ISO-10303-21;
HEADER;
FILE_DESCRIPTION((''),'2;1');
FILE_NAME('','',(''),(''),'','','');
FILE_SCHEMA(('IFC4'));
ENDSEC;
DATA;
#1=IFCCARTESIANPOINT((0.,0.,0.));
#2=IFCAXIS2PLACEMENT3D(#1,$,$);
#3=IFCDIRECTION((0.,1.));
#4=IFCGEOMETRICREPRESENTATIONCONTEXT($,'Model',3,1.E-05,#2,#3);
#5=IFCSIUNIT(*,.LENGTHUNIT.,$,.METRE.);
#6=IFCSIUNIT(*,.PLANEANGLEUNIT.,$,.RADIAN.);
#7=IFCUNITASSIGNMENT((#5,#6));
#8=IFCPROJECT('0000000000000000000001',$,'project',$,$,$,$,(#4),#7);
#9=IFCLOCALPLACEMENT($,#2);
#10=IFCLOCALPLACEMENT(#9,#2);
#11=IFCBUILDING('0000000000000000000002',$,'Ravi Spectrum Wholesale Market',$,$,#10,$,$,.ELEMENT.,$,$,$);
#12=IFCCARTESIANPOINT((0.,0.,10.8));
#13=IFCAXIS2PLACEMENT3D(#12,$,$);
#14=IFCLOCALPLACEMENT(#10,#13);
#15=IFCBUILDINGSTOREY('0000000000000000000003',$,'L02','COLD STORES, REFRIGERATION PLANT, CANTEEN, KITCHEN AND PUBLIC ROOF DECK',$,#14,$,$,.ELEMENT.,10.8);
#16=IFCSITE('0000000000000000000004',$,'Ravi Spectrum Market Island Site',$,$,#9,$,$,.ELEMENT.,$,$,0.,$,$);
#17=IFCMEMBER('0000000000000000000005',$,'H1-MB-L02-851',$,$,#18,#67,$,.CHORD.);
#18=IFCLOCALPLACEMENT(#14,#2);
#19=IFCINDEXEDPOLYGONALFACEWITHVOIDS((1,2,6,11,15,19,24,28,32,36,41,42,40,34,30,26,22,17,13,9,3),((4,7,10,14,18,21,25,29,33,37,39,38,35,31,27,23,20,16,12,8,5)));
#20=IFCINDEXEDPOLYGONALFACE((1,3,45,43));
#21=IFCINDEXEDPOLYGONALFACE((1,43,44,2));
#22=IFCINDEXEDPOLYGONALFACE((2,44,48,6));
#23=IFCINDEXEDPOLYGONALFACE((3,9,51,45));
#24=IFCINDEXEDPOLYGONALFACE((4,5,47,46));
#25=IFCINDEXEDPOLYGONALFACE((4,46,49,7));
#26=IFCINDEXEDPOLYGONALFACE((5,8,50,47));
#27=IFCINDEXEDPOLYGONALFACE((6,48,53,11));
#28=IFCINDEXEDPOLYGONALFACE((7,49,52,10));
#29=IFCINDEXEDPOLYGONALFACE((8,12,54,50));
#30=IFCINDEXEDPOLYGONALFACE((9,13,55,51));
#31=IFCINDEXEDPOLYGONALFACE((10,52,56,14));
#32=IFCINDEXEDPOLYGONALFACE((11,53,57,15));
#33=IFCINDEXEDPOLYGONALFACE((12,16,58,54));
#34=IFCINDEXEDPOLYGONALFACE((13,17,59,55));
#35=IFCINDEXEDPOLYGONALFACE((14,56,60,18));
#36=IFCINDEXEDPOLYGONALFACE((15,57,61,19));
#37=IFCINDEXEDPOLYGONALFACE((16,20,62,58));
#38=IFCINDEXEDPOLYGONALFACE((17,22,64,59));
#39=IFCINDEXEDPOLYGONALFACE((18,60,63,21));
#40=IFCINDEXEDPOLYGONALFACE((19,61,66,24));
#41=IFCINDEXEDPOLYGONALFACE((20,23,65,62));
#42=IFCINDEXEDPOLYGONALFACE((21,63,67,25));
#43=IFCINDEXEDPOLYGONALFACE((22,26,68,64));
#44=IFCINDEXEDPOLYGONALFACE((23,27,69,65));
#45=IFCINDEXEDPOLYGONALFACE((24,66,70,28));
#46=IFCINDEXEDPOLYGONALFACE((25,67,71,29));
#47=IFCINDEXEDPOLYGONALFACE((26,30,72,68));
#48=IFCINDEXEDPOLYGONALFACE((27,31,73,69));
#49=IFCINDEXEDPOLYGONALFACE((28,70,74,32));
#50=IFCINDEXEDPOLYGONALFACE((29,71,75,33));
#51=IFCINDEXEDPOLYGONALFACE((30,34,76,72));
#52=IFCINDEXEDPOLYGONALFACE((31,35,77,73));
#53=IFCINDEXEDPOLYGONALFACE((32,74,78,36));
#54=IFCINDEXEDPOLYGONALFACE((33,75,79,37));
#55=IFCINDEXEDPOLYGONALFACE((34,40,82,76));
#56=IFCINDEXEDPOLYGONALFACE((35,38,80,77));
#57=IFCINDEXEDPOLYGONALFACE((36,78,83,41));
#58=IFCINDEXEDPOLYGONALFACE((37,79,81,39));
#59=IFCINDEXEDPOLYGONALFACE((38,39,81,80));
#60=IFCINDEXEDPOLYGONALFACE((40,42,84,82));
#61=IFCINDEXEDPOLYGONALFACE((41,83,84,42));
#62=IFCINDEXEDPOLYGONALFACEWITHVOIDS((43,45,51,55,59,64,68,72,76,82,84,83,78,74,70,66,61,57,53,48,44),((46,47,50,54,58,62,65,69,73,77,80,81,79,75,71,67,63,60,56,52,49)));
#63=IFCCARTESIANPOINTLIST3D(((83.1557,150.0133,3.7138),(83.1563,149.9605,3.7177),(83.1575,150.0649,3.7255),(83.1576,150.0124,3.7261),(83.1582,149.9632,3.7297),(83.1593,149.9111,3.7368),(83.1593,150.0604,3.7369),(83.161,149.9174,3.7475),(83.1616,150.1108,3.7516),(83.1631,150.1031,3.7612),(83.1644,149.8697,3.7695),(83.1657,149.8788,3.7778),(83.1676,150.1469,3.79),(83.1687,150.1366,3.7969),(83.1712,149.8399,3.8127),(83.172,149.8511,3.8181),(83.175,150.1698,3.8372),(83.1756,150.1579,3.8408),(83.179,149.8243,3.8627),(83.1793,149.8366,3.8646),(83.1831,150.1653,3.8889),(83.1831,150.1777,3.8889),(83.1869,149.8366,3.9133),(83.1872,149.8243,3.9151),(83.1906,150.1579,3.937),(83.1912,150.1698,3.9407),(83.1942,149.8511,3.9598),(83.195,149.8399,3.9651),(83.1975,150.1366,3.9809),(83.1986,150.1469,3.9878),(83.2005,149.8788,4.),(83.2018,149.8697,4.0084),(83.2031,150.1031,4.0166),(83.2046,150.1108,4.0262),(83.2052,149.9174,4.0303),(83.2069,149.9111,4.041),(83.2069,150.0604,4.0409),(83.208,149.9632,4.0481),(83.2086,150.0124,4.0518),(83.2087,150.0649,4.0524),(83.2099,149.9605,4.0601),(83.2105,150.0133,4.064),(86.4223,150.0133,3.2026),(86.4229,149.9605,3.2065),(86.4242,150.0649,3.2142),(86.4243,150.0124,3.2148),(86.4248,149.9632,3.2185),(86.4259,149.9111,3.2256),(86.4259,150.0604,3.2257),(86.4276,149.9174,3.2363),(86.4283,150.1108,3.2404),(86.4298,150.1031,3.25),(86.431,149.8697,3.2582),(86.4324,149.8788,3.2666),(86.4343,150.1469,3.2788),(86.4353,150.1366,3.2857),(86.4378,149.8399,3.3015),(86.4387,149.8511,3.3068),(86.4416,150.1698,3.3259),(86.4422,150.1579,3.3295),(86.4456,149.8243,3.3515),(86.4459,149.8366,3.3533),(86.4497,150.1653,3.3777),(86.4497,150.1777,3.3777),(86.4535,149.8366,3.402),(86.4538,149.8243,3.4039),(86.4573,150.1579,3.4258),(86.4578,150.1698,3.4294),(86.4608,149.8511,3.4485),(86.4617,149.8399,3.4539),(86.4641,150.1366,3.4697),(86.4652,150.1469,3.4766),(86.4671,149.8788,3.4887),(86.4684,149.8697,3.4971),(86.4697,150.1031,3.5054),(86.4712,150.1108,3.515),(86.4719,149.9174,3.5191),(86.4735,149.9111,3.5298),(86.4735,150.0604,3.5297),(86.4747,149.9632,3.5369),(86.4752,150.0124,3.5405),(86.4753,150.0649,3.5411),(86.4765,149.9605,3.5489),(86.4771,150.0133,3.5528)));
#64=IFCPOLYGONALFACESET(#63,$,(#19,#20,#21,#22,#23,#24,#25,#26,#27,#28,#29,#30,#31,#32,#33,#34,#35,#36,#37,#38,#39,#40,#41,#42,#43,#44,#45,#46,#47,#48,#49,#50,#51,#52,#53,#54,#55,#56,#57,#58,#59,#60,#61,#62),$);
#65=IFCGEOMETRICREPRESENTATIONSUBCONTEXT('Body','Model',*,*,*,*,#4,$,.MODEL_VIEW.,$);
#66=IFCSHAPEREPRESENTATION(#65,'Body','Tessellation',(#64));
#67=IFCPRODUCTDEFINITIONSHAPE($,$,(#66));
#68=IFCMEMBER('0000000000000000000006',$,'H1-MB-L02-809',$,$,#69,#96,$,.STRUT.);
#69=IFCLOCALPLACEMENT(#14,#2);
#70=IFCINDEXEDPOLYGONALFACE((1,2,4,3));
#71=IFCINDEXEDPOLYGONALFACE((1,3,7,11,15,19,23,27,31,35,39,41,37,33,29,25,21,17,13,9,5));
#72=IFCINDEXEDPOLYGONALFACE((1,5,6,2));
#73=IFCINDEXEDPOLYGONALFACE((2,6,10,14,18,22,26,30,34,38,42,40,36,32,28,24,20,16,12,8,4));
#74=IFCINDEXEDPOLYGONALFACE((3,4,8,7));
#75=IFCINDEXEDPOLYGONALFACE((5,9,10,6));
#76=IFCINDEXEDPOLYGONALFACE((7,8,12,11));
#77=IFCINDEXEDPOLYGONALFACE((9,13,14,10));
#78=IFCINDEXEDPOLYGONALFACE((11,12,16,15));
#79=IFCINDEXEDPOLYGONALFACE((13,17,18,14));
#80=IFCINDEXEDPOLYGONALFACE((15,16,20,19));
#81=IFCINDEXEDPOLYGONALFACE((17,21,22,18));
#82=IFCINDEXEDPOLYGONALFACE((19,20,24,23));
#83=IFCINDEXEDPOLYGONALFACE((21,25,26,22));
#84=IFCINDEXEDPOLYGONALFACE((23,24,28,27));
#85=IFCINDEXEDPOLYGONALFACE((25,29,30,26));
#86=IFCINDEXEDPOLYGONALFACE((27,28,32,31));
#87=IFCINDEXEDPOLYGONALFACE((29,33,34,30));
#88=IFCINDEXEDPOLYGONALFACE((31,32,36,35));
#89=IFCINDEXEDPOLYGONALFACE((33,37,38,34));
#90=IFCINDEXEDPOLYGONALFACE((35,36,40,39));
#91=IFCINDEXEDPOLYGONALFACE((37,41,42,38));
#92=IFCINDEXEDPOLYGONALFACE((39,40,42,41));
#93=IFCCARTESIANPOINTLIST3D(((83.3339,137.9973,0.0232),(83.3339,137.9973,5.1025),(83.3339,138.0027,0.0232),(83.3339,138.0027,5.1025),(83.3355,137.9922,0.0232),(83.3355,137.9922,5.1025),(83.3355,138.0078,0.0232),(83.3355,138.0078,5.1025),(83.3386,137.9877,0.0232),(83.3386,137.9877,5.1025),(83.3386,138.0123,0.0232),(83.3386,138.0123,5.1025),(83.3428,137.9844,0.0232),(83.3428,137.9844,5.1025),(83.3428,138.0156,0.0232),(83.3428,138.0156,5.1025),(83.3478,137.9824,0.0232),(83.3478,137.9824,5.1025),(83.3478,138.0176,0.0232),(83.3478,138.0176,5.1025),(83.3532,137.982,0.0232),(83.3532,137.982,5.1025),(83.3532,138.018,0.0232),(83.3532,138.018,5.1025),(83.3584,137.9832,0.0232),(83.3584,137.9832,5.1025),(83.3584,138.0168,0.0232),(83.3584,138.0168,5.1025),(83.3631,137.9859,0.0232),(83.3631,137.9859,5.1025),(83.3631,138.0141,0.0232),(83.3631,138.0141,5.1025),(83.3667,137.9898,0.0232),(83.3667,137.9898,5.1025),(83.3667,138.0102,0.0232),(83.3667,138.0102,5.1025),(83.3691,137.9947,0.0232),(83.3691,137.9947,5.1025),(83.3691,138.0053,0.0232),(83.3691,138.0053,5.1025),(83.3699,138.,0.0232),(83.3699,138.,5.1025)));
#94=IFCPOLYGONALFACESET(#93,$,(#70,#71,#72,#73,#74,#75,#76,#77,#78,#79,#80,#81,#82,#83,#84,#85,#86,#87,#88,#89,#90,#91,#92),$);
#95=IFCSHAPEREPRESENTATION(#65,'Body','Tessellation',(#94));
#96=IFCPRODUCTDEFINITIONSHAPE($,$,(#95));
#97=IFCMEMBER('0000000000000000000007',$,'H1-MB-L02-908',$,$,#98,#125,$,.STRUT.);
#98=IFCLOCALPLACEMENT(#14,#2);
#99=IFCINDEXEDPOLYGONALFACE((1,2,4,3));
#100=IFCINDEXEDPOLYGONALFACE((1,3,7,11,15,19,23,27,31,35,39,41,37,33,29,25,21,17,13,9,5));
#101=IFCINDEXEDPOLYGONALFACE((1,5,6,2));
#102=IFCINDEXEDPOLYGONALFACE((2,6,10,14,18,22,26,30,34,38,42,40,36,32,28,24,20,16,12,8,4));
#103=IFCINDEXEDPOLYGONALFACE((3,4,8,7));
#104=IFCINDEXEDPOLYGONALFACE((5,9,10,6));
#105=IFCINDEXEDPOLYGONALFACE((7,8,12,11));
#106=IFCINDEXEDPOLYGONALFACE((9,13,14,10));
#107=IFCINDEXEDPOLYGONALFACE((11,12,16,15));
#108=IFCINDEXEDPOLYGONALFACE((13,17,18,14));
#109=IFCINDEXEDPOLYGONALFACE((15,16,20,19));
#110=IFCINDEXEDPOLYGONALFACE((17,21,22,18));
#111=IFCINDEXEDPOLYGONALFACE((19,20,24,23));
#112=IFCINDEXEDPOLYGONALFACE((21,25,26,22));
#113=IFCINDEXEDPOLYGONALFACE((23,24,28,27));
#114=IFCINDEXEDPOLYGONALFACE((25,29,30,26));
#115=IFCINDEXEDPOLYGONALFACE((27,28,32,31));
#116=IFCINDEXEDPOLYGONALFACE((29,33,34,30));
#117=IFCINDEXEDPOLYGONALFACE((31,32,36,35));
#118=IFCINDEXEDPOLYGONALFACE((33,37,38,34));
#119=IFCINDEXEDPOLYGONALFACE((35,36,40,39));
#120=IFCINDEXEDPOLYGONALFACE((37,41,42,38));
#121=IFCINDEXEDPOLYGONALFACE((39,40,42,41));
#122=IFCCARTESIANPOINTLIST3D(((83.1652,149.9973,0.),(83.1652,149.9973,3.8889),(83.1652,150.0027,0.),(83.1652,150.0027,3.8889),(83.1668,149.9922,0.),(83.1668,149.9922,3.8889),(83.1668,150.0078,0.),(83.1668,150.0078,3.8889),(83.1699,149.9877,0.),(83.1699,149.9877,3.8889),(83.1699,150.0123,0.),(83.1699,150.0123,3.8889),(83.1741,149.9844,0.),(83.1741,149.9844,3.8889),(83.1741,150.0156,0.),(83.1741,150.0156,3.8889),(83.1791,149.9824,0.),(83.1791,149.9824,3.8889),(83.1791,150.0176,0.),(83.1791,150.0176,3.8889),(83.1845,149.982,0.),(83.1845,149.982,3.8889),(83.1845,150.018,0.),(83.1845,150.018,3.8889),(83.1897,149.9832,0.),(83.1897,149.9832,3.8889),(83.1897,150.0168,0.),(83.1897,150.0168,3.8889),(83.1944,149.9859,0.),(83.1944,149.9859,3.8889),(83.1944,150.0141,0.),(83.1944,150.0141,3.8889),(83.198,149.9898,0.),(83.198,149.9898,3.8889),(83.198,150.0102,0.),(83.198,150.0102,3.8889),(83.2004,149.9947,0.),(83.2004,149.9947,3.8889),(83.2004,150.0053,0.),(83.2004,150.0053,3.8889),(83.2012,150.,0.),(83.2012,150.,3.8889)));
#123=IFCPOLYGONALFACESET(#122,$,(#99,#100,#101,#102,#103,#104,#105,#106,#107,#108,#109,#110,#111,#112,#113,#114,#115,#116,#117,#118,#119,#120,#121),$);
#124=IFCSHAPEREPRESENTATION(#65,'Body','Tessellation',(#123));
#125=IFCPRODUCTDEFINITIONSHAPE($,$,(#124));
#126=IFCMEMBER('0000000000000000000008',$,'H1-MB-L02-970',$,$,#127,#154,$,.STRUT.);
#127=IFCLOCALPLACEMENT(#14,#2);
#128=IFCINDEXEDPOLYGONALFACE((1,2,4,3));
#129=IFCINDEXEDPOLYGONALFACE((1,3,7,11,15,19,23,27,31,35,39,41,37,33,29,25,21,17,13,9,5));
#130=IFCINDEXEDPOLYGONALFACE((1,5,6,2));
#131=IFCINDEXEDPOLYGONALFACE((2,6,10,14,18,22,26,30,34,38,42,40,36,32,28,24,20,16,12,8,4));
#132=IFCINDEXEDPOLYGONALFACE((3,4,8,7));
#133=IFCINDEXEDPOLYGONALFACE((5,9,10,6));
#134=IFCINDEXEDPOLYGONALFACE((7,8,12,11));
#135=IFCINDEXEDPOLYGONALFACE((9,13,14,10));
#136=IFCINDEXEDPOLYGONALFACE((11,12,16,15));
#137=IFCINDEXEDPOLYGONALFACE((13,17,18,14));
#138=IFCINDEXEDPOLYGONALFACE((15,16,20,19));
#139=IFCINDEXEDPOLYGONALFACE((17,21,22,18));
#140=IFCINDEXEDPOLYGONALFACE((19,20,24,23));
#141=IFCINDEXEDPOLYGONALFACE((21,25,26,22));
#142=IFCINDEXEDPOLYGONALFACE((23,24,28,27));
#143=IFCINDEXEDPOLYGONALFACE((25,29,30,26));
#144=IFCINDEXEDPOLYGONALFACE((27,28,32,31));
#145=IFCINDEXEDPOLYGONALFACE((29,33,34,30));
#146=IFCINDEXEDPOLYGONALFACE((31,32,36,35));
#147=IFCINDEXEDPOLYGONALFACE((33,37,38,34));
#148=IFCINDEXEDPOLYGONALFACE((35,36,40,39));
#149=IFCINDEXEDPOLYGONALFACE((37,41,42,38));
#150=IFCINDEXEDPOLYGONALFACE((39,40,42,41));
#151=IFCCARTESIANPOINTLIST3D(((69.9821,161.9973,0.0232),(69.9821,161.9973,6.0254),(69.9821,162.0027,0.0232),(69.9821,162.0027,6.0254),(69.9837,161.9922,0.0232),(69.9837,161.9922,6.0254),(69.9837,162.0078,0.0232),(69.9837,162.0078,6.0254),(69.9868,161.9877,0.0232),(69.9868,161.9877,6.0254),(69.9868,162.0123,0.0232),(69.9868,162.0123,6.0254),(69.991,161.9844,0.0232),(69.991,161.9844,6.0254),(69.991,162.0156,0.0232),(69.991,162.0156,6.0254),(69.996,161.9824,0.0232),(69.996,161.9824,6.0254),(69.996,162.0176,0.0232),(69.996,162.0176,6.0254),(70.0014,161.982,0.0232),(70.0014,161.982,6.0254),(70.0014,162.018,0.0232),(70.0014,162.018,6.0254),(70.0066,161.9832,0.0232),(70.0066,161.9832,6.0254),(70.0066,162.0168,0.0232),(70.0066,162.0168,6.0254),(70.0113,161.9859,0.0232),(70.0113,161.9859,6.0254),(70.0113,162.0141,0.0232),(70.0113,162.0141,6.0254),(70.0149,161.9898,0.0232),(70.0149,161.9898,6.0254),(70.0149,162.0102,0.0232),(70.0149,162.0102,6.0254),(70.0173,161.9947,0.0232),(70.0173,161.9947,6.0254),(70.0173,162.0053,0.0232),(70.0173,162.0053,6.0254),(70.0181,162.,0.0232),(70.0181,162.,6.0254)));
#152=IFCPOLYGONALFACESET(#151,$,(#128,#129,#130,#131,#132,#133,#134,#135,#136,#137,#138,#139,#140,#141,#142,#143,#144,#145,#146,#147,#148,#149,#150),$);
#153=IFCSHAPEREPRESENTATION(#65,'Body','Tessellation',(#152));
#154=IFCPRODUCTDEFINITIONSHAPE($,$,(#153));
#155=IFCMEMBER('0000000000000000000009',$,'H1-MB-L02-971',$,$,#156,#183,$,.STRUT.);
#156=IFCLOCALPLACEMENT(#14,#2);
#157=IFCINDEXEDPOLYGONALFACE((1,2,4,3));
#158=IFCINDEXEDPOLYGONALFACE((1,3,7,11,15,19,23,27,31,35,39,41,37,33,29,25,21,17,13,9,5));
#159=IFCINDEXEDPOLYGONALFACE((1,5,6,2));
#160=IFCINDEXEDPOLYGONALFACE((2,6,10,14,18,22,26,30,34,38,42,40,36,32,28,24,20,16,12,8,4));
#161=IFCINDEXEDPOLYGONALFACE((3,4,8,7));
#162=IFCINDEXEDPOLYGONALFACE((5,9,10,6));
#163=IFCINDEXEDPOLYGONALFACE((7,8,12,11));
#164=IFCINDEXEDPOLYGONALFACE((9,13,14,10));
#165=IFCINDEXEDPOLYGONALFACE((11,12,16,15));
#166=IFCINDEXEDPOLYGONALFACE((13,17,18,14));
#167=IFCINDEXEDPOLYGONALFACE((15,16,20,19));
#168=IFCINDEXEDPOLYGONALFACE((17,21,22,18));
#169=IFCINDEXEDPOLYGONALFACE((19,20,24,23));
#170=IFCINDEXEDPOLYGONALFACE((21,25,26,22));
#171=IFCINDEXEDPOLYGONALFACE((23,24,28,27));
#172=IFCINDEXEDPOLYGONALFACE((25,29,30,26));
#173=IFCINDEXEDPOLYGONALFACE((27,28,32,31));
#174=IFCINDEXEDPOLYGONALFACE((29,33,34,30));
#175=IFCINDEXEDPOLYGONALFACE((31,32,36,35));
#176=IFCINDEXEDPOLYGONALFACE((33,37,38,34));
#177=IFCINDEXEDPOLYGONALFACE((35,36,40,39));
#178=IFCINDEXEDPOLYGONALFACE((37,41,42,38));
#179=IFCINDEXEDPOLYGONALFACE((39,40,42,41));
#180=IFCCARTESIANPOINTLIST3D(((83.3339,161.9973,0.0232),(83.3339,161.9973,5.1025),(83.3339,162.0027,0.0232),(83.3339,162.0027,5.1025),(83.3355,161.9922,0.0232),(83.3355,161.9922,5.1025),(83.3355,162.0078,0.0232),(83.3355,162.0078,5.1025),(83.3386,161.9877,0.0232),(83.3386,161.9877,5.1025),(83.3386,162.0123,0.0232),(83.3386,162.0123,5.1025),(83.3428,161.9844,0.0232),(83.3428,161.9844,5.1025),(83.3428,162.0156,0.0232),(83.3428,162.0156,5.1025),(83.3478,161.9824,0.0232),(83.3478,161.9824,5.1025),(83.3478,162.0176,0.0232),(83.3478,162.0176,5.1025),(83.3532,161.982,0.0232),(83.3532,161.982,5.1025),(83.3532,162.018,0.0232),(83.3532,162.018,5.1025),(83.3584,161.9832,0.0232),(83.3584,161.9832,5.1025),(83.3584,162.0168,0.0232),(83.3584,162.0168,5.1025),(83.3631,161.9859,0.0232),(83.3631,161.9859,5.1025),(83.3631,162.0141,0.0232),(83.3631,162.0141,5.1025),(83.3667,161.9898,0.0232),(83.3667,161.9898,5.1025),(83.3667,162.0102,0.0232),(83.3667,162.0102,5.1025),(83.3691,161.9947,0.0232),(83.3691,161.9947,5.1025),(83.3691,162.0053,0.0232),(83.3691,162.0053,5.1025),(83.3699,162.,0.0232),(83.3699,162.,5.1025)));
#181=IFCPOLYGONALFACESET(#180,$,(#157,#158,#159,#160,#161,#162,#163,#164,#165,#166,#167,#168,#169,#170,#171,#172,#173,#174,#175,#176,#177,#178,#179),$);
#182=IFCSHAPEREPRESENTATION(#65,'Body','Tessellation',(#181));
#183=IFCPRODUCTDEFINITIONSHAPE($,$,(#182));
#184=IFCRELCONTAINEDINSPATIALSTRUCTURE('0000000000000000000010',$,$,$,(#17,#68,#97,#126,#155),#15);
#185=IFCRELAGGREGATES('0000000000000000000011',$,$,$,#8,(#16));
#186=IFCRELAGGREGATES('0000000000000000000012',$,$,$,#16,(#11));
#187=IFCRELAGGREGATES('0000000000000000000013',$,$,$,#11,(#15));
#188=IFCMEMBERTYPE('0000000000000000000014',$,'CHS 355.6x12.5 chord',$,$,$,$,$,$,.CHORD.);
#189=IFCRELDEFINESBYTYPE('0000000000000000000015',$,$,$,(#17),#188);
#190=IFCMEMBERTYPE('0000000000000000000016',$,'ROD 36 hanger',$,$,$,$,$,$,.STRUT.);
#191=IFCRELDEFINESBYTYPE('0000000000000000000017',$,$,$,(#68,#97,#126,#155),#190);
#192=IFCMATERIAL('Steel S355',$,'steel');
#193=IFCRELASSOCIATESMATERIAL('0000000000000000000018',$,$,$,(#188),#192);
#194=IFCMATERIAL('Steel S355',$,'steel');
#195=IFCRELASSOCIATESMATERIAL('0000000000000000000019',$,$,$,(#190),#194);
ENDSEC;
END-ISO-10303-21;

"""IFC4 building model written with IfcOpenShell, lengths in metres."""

from ifc_helpers import new_model, si_unit, direction, frame, origin, origin_2d, place, context, subcontext, project, spatial, circle, hollow_circle, extrude, material, material_profile, profile_set, type_object, element, save


model = new_model("IFC4")

# Units and contexts
model_context = context("Model", 3, precision=1e-05, world=origin(), true_north=direction((0.0, 1.0)))
body_context = subcontext(model_context, "Body", "Model", "MODEL_VIEW")
ifc_project = project(units=[si_unit("LENGTHUNIT", "METRE"), si_unit("PLANEANGLEUNIT", "RADIAN")], contexts=[model_context])

# Site, building, storey
site_placement = place(None, origin())
site = spatial("IfcSite", under=ifc_project, at=site_placement, Name="Ravi Spectrum Market Island Site", CompositionType="ELEMENT", RefElevation=0.0)
building_placement = place(site_placement, origin())
building = spatial("IfcBuilding", under=site, at=building_placement, Name="Ravi Spectrum Wholesale Market", CompositionType="ELEMENT")
storey_placement = place(building_placement, frame((0.0, 0.0, 10.8)))
storey = spatial("IfcBuildingStorey", under=building, at=storey_placement, Name="L02", Description="COLD STORES, REFRIGERATION PLANT, CANTEEN, KITCHEN AND PUBLIC ROOF DECK", CompositionType="ELEMENT", Elevation=10.8)

# Members
ifc_material_1 = material(Name="Steel S355", Category="steel")
ifc_material_profile_1 = material_profile(ifc_material_1, hollow_circle(Radius=0.1777, WallThickness=0.0125, at=origin_2d()))
ifc_profile_set_1 = profile_set([ifc_material_profile_1], Name="Steel S355")
member_type_1 = type_object("IfcMemberType", Name="CHS 355.6x12.5 chord", PredefinedType="CHORD", material=ifc_profile_set_1)
member_1_placement = place(storey_placement, frame((83.1831, 150.0, 3.8889), z_axis=(0.987974, 0.0, -0.15462), x_axis=(0.0, 1.0, 0.0)))
element("IfcMember", 1, at=member_1_placement, inside=storey, type_object=member_type_1, Name="H1-MB-L02-851", PredefinedType="CHORD", context=body_context, shape_type="SweptSolid", body=[
    extrude(hollow_circle(Radius=0.1777, WallThickness=0.0125, at=origin_2d()), origin(), (0.0, 0.0, 1.0), 3.3064),
])
ifc_material_2 = material(Name="Steel S355", Category="steel")
ifc_material_profile_2 = material_profile(ifc_material_2, circle(Radius=0.0181, at=origin_2d()))
ifc_profile_set_2 = profile_set([ifc_material_profile_2], Name="Steel S355")
member_type_2 = type_object("IfcMemberType", Name="ROD 36 hanger", PredefinedType="STRUT", material=ifc_profile_set_2)
member_2_placement = place(storey_placement, frame((83.3518, 138.0, 0.0232), z_axis=(0.0, 0.0, 1.0), x_axis=(1.0, 0.0, 0.0)))
element("IfcMember", 2, at=member_2_placement, inside=storey, type_object=member_type_2, Name="H1-MB-L02-809", PredefinedType="STRUT", context=body_context, shape_type="SweptSolid", body=[
    extrude(circle(Radius=0.0181, at=origin_2d()), origin(), (0.0, 0.0, 1.0), 5.0793),
])
member_3_placement = place(storey_placement, frame((83.1831, 150.0, 0.0), z_axis=(0.0, 0.0, 1.0), x_axis=(1.0, 0.0, 0.0)))
element("IfcMember", 3, at=member_3_placement, inside=storey, type_object=member_type_2, Name="H1-MB-L02-908", PredefinedType="STRUT", context=body_context, shape_type="SweptSolid", body=[
    extrude(circle(Radius=0.0181, at=origin_2d()), origin(), (0.0, 0.0, 1.0), 3.8889),
])
member_4_placement = place(storey_placement, frame((70.0, 162.0, 0.0232), z_axis=(0.0, 0.0, 1.0), x_axis=(1.0, 0.0, 0.0)))
element("IfcMember", 4, at=member_4_placement, inside=storey, type_object=member_type_2, Name="H1-MB-L02-970", PredefinedType="STRUT", context=body_context, shape_type="SweptSolid", body=[
    extrude(circle(Radius=0.0181, at=origin_2d()), origin(), (0.0, 0.0, 1.0), 6.0022),
])
member_5_placement = place(storey_placement, frame((83.3518, 162.0, 0.0232), z_axis=(0.0, 0.0, 1.0), x_axis=(1.0, 0.0, 0.0)))
element("IfcMember", 5, at=member_5_placement, inside=storey, type_object=member_type_2, Name="H1-MB-L02-971", PredefinedType="STRUT", context=body_context, shape_type="SweptSolid", body=[
    extrude(circle(Radius=0.0181, at=origin_2d()), origin(), (0.0, 0.0, 1.0), 5.0793),
])

save(model, "model.ifc")
